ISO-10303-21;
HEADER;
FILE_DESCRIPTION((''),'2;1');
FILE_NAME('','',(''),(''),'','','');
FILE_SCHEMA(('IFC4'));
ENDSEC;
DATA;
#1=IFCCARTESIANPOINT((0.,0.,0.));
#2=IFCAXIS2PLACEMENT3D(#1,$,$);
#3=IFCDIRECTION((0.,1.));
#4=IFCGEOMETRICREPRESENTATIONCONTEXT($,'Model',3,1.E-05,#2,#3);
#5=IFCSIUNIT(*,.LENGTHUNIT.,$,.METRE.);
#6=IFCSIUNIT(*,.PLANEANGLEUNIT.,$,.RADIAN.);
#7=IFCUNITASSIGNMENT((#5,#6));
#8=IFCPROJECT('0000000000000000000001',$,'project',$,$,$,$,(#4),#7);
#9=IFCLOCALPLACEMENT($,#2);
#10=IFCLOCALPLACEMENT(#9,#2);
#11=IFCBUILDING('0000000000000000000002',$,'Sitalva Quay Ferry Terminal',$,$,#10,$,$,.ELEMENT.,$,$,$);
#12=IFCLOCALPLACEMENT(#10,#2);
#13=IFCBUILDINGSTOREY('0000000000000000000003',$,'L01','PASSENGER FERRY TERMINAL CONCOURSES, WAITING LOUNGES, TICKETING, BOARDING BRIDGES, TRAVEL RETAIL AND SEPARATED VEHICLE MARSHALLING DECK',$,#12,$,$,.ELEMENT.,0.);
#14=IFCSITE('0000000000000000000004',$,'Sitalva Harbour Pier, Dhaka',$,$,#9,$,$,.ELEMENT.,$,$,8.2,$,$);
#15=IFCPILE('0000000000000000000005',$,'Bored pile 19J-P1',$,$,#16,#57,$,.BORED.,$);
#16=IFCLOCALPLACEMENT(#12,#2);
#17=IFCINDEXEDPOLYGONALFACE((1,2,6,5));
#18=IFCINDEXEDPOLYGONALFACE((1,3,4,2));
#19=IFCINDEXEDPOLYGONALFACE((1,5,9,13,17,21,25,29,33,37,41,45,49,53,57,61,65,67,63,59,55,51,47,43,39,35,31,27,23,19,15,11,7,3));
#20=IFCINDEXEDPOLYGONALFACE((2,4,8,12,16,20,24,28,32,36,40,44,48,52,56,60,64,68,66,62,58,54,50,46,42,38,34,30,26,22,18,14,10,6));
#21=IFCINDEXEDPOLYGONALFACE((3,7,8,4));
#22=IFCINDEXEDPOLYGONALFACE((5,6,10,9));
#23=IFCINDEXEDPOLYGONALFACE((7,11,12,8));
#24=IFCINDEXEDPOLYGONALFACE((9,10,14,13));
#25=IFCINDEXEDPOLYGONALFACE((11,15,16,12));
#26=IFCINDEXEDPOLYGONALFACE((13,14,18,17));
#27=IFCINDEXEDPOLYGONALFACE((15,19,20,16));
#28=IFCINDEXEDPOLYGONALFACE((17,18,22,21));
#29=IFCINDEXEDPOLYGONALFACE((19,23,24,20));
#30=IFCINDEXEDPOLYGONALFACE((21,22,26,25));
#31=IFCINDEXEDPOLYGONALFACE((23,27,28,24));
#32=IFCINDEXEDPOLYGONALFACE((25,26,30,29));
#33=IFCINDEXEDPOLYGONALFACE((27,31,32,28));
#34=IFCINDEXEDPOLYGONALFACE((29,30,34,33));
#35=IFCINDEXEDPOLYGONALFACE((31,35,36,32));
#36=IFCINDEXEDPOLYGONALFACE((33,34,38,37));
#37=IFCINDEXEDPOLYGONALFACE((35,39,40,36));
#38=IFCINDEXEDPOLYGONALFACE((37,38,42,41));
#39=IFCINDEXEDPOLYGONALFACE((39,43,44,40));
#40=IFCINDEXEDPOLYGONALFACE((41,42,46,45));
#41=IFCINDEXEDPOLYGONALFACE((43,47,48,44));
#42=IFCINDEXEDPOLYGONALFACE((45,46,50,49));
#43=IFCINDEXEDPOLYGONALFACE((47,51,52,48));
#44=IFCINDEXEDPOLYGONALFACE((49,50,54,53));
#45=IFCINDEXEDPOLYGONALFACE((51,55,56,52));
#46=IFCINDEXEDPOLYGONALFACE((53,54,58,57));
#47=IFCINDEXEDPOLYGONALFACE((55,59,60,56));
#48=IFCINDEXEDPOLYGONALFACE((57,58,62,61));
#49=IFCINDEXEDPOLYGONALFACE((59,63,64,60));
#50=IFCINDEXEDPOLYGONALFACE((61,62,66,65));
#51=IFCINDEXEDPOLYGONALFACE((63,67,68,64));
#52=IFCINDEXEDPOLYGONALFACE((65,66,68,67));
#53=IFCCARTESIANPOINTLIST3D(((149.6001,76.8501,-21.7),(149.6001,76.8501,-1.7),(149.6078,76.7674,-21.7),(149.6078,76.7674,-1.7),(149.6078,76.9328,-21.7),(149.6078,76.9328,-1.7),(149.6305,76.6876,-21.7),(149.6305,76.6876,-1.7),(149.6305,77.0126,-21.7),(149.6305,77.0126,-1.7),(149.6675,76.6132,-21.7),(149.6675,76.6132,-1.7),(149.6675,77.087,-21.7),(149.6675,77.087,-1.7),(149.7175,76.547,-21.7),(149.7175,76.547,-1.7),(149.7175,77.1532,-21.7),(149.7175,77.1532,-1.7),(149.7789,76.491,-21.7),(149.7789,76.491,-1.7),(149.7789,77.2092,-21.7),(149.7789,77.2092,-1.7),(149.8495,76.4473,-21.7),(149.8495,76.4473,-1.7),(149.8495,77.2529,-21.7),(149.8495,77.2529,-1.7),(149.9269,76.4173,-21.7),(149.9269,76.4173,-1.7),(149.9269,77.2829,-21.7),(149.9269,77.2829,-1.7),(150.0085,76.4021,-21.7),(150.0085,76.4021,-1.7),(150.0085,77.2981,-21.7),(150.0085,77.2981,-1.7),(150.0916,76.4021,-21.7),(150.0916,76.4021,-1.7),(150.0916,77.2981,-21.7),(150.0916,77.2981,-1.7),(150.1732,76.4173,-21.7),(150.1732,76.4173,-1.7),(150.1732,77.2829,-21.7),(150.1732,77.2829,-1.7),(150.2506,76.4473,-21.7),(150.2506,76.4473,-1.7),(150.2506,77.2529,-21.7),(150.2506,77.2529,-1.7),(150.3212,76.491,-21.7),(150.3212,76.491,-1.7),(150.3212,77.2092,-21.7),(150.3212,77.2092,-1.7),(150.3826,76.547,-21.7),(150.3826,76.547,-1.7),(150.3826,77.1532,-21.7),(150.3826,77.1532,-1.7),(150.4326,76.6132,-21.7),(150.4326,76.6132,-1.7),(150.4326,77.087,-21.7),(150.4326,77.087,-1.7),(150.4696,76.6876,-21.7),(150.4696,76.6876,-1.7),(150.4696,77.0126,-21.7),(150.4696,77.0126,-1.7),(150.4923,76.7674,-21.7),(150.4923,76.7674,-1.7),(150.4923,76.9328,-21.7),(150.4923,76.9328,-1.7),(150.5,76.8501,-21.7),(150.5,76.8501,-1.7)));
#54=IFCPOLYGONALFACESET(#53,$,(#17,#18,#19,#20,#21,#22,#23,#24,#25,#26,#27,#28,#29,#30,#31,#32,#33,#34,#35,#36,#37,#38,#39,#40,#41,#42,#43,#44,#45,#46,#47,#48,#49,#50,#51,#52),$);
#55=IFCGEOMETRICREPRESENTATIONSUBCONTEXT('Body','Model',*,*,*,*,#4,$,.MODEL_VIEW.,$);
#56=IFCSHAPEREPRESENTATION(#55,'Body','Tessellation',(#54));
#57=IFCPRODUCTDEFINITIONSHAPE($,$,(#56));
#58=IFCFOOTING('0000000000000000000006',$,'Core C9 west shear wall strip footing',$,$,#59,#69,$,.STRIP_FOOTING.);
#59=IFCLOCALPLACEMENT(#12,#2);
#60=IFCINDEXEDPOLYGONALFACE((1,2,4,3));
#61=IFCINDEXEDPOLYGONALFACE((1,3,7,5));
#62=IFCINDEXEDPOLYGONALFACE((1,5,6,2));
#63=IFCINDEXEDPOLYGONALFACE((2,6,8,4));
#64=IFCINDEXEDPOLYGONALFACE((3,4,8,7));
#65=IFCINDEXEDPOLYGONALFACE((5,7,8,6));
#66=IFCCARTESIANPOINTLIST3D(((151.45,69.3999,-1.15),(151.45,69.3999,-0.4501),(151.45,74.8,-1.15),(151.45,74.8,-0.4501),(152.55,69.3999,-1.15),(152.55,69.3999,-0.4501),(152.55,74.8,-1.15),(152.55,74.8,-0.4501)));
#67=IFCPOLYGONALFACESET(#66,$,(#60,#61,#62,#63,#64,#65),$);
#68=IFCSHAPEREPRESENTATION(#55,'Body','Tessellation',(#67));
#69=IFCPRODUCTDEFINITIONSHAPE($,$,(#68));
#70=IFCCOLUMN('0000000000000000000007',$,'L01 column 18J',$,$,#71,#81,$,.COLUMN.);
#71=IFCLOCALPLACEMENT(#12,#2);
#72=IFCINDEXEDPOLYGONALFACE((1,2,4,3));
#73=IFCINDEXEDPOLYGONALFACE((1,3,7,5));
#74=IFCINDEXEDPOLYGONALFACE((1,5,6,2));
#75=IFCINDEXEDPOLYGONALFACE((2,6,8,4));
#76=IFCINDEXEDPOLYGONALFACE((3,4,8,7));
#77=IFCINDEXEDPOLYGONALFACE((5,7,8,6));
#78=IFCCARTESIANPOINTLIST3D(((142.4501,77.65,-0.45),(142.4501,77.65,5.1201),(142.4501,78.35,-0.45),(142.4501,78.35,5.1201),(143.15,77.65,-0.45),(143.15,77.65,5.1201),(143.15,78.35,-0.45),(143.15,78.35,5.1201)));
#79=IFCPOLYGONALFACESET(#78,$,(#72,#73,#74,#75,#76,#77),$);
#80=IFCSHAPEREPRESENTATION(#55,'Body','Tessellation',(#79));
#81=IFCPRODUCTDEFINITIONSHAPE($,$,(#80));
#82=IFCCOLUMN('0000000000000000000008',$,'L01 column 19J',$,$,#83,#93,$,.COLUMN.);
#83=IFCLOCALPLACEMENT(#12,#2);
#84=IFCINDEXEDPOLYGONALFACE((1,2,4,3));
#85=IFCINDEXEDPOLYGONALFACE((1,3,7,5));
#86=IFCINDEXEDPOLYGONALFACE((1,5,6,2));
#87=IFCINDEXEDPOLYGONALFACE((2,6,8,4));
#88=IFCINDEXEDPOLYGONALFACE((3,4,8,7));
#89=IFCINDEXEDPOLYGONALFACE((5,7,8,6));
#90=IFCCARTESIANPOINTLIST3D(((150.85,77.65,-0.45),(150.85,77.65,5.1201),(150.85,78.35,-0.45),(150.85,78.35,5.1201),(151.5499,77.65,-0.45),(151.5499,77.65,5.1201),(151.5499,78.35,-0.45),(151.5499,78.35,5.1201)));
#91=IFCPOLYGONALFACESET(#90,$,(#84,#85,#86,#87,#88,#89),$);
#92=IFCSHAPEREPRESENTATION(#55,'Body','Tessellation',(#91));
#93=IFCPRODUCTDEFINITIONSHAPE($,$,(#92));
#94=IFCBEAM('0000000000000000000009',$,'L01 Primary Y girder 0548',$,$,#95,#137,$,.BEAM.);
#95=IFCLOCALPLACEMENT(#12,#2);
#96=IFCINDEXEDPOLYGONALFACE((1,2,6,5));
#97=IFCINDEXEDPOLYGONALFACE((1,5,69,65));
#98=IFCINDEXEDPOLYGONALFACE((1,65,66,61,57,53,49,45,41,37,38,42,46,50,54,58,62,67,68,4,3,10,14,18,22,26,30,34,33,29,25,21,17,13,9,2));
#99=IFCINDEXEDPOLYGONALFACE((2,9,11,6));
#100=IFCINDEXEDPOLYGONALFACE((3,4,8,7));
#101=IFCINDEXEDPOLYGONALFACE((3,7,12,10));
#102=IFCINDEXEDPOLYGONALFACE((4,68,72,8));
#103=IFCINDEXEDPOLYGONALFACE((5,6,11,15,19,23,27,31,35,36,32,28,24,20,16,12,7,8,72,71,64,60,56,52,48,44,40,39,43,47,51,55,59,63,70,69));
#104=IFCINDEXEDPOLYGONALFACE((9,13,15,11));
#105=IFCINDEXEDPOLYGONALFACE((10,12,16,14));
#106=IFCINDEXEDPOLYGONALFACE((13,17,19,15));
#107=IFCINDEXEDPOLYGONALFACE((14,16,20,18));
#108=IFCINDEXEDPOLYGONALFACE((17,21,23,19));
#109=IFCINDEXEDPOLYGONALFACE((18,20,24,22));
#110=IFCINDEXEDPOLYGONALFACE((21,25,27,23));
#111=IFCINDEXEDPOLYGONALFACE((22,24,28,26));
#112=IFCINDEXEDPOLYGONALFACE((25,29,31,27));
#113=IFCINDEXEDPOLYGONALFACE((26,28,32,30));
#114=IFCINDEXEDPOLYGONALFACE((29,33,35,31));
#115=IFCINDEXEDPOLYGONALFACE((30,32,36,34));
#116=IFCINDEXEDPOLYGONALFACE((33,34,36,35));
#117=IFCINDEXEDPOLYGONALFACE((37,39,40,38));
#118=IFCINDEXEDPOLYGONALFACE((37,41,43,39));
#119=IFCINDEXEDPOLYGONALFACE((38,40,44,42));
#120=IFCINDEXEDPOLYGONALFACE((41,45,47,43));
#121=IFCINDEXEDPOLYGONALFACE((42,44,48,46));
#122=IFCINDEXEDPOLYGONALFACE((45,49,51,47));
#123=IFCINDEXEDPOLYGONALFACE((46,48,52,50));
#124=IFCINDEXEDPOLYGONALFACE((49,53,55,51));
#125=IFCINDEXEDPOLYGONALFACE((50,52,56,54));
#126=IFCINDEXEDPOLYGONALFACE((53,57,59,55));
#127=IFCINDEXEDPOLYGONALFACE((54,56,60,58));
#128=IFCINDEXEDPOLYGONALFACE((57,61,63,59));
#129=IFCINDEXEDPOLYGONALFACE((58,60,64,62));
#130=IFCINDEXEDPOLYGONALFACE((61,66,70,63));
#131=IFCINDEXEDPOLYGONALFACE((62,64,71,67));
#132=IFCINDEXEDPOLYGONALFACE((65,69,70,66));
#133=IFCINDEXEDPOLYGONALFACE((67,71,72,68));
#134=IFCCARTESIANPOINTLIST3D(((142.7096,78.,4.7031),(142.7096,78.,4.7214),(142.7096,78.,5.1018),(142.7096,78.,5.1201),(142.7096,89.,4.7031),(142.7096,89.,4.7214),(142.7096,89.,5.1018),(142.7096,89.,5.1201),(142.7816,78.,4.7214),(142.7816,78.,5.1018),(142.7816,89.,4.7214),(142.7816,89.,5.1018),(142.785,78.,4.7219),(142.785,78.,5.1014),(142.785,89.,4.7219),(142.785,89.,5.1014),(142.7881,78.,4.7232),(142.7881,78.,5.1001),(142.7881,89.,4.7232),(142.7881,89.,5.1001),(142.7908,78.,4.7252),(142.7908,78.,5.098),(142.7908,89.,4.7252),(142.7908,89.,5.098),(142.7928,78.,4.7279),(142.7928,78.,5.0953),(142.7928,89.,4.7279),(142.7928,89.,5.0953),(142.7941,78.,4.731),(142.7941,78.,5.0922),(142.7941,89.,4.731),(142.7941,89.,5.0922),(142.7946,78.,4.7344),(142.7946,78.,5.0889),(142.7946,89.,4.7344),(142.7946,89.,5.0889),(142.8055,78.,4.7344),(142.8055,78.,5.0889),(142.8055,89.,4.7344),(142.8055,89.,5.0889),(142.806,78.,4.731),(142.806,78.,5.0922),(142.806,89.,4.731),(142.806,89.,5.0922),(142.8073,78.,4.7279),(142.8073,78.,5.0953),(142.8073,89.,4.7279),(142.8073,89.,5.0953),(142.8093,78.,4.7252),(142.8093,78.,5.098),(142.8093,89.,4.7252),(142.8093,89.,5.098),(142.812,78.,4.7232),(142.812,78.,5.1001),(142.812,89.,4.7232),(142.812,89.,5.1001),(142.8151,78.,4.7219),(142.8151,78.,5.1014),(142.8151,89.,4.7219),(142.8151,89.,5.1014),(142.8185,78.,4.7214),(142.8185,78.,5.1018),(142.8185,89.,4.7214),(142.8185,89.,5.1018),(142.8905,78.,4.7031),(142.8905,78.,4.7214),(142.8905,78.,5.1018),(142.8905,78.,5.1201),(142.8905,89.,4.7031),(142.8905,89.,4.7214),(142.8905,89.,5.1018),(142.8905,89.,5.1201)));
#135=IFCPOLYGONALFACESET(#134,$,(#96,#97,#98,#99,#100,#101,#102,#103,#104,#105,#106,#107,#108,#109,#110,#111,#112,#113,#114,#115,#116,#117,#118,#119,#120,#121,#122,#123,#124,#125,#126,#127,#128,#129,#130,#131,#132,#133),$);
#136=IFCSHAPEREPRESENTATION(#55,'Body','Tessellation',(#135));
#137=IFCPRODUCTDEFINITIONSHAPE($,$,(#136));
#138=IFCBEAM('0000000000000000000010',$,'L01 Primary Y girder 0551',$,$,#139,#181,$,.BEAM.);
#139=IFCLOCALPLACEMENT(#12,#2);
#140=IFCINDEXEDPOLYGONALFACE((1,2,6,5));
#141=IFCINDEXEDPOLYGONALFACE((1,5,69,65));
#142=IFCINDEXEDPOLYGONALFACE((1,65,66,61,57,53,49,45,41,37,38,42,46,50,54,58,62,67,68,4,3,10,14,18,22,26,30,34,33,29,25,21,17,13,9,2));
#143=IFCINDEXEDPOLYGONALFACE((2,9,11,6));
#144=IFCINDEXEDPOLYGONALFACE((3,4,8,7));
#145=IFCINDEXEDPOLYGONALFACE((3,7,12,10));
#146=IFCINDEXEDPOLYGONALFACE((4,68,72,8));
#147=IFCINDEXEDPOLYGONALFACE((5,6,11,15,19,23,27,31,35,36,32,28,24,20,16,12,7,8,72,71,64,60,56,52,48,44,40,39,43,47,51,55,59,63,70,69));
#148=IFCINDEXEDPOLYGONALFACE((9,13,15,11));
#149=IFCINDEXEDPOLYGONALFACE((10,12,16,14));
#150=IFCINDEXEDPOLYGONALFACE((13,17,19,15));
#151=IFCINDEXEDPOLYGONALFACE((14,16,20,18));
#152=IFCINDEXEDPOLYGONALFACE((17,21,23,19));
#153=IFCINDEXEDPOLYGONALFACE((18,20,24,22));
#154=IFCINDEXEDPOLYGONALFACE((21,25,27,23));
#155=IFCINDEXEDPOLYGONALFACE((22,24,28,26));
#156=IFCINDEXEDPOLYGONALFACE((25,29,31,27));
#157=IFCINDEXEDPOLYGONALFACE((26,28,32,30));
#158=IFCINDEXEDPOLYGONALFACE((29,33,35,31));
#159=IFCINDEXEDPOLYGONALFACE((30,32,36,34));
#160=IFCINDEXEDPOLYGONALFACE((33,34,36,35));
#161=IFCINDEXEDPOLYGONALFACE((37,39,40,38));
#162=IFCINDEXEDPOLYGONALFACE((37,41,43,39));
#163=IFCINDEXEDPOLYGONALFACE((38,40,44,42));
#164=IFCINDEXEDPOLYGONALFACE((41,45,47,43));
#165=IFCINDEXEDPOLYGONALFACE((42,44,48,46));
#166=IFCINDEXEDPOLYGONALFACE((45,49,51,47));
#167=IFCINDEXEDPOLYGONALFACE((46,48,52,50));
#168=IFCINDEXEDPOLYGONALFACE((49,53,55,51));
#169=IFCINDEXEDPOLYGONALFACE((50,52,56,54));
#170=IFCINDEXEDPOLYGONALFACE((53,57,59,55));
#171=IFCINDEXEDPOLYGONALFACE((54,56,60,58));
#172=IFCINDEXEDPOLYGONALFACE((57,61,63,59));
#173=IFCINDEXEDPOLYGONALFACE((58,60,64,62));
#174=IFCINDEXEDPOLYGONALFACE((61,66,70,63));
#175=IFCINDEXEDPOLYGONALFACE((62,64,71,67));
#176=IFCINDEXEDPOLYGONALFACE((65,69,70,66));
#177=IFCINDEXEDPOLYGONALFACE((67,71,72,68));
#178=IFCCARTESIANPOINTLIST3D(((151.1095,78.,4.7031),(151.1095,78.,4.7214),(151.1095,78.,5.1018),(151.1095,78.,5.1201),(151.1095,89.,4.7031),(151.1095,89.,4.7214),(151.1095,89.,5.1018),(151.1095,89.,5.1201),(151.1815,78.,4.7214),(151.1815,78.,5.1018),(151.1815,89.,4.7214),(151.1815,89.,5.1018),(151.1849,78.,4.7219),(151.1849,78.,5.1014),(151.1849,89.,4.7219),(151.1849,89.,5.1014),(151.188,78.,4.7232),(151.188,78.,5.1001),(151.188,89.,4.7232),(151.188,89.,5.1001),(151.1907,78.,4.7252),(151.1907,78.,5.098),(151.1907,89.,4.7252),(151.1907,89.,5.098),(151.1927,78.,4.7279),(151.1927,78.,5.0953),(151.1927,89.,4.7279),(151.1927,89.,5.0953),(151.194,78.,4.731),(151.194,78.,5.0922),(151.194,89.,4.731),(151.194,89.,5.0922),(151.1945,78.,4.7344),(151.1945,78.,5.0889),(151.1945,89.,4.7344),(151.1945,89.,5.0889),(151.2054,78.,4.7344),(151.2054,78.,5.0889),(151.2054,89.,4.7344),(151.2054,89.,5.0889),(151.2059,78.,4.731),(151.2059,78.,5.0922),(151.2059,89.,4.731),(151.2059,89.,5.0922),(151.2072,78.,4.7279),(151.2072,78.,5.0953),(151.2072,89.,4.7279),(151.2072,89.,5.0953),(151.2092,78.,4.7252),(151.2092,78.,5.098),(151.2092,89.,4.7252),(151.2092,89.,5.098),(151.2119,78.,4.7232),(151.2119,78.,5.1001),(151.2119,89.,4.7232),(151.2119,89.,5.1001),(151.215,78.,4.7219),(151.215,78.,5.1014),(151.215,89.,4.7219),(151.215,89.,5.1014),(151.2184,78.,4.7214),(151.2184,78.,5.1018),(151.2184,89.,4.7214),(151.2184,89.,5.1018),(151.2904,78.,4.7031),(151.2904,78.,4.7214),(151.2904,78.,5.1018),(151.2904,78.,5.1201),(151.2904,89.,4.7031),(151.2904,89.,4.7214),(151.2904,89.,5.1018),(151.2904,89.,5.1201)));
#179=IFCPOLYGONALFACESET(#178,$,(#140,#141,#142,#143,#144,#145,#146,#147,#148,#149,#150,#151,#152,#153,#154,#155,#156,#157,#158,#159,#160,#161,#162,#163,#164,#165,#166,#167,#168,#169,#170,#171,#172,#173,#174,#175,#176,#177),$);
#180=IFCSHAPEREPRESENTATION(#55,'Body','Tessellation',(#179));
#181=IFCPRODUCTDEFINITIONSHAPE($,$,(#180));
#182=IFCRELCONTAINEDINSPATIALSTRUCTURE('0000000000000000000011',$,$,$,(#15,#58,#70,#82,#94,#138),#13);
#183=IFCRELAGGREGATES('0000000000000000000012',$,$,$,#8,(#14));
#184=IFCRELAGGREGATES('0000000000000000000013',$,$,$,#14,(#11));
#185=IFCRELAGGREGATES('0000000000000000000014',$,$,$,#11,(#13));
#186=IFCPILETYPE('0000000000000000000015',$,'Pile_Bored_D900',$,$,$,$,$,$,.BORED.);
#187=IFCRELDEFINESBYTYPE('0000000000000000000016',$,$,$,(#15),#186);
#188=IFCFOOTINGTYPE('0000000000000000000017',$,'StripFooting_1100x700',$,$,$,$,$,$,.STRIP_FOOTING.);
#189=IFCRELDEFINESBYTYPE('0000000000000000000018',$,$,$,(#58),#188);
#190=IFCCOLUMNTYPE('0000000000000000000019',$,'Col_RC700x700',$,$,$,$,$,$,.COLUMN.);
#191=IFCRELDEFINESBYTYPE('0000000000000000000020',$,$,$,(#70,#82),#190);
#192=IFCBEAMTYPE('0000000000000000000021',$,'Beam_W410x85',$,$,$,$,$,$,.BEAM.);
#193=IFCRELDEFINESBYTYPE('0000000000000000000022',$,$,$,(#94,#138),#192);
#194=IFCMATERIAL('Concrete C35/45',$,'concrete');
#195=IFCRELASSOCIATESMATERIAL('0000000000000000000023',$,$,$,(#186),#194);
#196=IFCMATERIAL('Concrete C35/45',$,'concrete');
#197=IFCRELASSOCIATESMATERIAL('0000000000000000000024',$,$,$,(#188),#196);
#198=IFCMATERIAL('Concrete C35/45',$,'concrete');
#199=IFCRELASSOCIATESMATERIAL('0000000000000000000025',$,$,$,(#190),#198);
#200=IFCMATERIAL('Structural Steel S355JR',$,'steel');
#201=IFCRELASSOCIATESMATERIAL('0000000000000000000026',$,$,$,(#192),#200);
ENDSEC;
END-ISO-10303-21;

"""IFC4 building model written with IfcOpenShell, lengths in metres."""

from ifc_helpers import new_model, si_unit, direction, frame, origin, origin_2d, place, context, subcontext, project, spatial, rectangle, circle, i_section, extrude, material, material_profile, profile_set, type_object, element, save


model = new_model("IFC4")

# Units and contexts
model_context = context("Model", 3, precision=1e-05, world=origin(), true_north=direction((0.0, 1.0)))
body_context = subcontext(model_context, "Body", "Model", "MODEL_VIEW")
ifc_project = project(units=[si_unit("LENGTHUNIT", "METRE"), si_unit("PLANEANGLEUNIT", "RADIAN")], contexts=[model_context])

# Site, building, storey
site_placement = place(None, origin())
site = spatial("IfcSite", under=ifc_project, at=site_placement, Name="Sitalva Harbour Pier, Dhaka", CompositionType="ELEMENT", RefElevation=8.2)
building_placement = place(site_placement, origin())
building = spatial("IfcBuilding", under=site, at=building_placement, Name="Sitalva Quay Ferry Terminal", CompositionType="ELEMENT")
storey_placement = place(building_placement, origin())
storey = spatial("IfcBuildingStorey", under=building, at=storey_placement, Name="L01", Description="PASSENGER FERRY TERMINAL CONCOURSES, WAITING LOUNGES, TICKETING, BOARDING BRIDGES, TRAVEL RETAIL AND SEPARATED VEHICLE MARSHALLING DECK", CompositionType="ELEMENT", Elevation=0.0)

# Pile
ifc_material_1 = material(Name="Concrete C35/45", Category="concrete")
ifc_material_profile_1 = material_profile(ifc_material_1, circle(Radius=0.45, at=origin_2d()), Name="PILE-D900")
ifc_profile_set_1 = profile_set([ifc_material_profile_1], Name="Concrete C35/45")
pile_type = type_object("IfcPileType", Name="Pile_Bored_D900", PredefinedType="BORED", material=ifc_profile_set_1)
for number, where, z_axis, x_axis, name in (
    (1, (150.05, 76.8501, -1.7), (0.0, 0.0, -1.0), (1.0, 0.0, 0.0), "Bored pile 19J-P1"),
):
    element("IfcPile", number, at=place(storey_placement, frame(where, z_axis=z_axis, x_axis=x_axis)), inside=storey, type_object=pile_type, Name=name, PredefinedType="BORED", context=body_context, shape_type="SweptSolid", body=[
        extrude(circle(Radius=0.45, at=origin_2d()), origin(), (0.0, 0.0, 1.0), 20.0),
    ])

# Footing
ifc_material_2 = material(Name="Concrete C35/45", Category="concrete")
ifc_material_profile_2 = material_profile(ifc_material_2, rectangle(XDim=1.1001, YDim=0.7, at=origin_2d()), Name="RC1100x700")
ifc_profile_set_2 = profile_set([ifc_material_profile_2], Name="Concrete C35/45")
footing_type_1 = type_object("IfcFootingType", Name="StripFooting_1100x700", PredefinedType="STRIP_FOOTING", material=ifc_profile_set_2)
footing_1_placement = place(storey_placement, frame((152.0, 69.3999, -0.8), z_axis=(0.0, 1.0, 0.0), x_axis=(-1.0, 0.0, 0.0)))
element("IfcFooting", 2, at=footing_1_placement, inside=storey, type_object=footing_type_1, Name="Core C9 west shear wall strip footing", PredefinedType="STRIP_FOOTING", context=body_context, shape_type="SweptSolid", body=[
    extrude(rectangle(XDim=1.1001, YDim=0.7, at=origin_2d()), origin(), (0.0, 0.0, 1.0), 5.4001),
])

# Columns
ifc_material_3 = material(Name="Concrete C35/45", Category="concrete")
ifc_material_profile_3 = material_profile(ifc_material_3, rectangle(XDim=0.7, YDim=0.7, at=origin_2d()), Name="RC700x700")
ifc_profile_set_3 = profile_set([ifc_material_profile_3], Name="Concrete C35/45")
column_type = type_object("IfcColumnType", Name="Col_RC700x700", PredefinedType="COLUMN", material=ifc_profile_set_3)
for number, where, z_axis, x_axis, name in (
    (3, (142.8, 78.0, -0.45), (0.0, 0.0, 1.0), (1.0, 0.0, 0.0), "L01 column 18J"),
    (4, (151.2, 78.0, -0.45), (0.0, 0.0, 1.0), (1.0, 0.0, 0.0), "L01 column 19J"),
):
    element("IfcColumn", number, at=place(storey_placement, frame(where, z_axis=z_axis, x_axis=x_axis)), inside=storey, type_object=column_type, Name=name, PredefinedType="COLUMN", context=body_context, shape_type="SweptSolid", body=[
        extrude(rectangle(XDim=0.7, YDim=0.7, at=origin_2d()), origin(), (0.0, 0.0, 1.0), 5.5701),
    ])

# Beams
ifc_material_4 = material(Name="Structural Steel S355JR", Category="steel")
ifc_material_profile_4 = material_profile(ifc_material_4, i_section(OverallWidth=0.1809, OverallDepth=0.417, WebThickness=0.011, FlangeThickness=0.0183, FilletRadius=0.0129, at=origin_2d()), Name="W410x85")
ifc_profile_set_4 = profile_set([ifc_material_profile_4], Name="Structural Steel S355JR")
beam_type_1 = type_object("IfcBeamType", Name="Beam_W410x85", PredefinedType="BEAM", material=ifc_profile_set_4)
for number, where, z_axis, x_axis, name in (
    (5, (142.8, 78.0, 4.9116), (0.0, 1.0, 0.0), (-1.0, 0.0, 0.0), "L01 Primary Y girder 0548"),
    (6, (151.2, 78.0, 4.9116), (0.0, 1.0, 0.0), (-1.0, 0.0, 0.0), "L01 Primary Y girder 0551"),
):
    element("IfcBeam", number, at=place(storey_placement, frame(where, z_axis=z_axis, x_axis=x_axis)), inside=storey, type_object=beam_type_1, Name=name, PredefinedType="BEAM", context=body_context, shape_type="SweptSolid", body=[
        extrude(i_section(OverallWidth=0.1809, OverallDepth=0.417, WebThickness=0.011, FlangeThickness=0.0183, FilletRadius=0.0129, at=origin_2d()), origin(), (0.0, 0.0, 1.0), 11.0),
    ])

save(model, "model.ifc")
